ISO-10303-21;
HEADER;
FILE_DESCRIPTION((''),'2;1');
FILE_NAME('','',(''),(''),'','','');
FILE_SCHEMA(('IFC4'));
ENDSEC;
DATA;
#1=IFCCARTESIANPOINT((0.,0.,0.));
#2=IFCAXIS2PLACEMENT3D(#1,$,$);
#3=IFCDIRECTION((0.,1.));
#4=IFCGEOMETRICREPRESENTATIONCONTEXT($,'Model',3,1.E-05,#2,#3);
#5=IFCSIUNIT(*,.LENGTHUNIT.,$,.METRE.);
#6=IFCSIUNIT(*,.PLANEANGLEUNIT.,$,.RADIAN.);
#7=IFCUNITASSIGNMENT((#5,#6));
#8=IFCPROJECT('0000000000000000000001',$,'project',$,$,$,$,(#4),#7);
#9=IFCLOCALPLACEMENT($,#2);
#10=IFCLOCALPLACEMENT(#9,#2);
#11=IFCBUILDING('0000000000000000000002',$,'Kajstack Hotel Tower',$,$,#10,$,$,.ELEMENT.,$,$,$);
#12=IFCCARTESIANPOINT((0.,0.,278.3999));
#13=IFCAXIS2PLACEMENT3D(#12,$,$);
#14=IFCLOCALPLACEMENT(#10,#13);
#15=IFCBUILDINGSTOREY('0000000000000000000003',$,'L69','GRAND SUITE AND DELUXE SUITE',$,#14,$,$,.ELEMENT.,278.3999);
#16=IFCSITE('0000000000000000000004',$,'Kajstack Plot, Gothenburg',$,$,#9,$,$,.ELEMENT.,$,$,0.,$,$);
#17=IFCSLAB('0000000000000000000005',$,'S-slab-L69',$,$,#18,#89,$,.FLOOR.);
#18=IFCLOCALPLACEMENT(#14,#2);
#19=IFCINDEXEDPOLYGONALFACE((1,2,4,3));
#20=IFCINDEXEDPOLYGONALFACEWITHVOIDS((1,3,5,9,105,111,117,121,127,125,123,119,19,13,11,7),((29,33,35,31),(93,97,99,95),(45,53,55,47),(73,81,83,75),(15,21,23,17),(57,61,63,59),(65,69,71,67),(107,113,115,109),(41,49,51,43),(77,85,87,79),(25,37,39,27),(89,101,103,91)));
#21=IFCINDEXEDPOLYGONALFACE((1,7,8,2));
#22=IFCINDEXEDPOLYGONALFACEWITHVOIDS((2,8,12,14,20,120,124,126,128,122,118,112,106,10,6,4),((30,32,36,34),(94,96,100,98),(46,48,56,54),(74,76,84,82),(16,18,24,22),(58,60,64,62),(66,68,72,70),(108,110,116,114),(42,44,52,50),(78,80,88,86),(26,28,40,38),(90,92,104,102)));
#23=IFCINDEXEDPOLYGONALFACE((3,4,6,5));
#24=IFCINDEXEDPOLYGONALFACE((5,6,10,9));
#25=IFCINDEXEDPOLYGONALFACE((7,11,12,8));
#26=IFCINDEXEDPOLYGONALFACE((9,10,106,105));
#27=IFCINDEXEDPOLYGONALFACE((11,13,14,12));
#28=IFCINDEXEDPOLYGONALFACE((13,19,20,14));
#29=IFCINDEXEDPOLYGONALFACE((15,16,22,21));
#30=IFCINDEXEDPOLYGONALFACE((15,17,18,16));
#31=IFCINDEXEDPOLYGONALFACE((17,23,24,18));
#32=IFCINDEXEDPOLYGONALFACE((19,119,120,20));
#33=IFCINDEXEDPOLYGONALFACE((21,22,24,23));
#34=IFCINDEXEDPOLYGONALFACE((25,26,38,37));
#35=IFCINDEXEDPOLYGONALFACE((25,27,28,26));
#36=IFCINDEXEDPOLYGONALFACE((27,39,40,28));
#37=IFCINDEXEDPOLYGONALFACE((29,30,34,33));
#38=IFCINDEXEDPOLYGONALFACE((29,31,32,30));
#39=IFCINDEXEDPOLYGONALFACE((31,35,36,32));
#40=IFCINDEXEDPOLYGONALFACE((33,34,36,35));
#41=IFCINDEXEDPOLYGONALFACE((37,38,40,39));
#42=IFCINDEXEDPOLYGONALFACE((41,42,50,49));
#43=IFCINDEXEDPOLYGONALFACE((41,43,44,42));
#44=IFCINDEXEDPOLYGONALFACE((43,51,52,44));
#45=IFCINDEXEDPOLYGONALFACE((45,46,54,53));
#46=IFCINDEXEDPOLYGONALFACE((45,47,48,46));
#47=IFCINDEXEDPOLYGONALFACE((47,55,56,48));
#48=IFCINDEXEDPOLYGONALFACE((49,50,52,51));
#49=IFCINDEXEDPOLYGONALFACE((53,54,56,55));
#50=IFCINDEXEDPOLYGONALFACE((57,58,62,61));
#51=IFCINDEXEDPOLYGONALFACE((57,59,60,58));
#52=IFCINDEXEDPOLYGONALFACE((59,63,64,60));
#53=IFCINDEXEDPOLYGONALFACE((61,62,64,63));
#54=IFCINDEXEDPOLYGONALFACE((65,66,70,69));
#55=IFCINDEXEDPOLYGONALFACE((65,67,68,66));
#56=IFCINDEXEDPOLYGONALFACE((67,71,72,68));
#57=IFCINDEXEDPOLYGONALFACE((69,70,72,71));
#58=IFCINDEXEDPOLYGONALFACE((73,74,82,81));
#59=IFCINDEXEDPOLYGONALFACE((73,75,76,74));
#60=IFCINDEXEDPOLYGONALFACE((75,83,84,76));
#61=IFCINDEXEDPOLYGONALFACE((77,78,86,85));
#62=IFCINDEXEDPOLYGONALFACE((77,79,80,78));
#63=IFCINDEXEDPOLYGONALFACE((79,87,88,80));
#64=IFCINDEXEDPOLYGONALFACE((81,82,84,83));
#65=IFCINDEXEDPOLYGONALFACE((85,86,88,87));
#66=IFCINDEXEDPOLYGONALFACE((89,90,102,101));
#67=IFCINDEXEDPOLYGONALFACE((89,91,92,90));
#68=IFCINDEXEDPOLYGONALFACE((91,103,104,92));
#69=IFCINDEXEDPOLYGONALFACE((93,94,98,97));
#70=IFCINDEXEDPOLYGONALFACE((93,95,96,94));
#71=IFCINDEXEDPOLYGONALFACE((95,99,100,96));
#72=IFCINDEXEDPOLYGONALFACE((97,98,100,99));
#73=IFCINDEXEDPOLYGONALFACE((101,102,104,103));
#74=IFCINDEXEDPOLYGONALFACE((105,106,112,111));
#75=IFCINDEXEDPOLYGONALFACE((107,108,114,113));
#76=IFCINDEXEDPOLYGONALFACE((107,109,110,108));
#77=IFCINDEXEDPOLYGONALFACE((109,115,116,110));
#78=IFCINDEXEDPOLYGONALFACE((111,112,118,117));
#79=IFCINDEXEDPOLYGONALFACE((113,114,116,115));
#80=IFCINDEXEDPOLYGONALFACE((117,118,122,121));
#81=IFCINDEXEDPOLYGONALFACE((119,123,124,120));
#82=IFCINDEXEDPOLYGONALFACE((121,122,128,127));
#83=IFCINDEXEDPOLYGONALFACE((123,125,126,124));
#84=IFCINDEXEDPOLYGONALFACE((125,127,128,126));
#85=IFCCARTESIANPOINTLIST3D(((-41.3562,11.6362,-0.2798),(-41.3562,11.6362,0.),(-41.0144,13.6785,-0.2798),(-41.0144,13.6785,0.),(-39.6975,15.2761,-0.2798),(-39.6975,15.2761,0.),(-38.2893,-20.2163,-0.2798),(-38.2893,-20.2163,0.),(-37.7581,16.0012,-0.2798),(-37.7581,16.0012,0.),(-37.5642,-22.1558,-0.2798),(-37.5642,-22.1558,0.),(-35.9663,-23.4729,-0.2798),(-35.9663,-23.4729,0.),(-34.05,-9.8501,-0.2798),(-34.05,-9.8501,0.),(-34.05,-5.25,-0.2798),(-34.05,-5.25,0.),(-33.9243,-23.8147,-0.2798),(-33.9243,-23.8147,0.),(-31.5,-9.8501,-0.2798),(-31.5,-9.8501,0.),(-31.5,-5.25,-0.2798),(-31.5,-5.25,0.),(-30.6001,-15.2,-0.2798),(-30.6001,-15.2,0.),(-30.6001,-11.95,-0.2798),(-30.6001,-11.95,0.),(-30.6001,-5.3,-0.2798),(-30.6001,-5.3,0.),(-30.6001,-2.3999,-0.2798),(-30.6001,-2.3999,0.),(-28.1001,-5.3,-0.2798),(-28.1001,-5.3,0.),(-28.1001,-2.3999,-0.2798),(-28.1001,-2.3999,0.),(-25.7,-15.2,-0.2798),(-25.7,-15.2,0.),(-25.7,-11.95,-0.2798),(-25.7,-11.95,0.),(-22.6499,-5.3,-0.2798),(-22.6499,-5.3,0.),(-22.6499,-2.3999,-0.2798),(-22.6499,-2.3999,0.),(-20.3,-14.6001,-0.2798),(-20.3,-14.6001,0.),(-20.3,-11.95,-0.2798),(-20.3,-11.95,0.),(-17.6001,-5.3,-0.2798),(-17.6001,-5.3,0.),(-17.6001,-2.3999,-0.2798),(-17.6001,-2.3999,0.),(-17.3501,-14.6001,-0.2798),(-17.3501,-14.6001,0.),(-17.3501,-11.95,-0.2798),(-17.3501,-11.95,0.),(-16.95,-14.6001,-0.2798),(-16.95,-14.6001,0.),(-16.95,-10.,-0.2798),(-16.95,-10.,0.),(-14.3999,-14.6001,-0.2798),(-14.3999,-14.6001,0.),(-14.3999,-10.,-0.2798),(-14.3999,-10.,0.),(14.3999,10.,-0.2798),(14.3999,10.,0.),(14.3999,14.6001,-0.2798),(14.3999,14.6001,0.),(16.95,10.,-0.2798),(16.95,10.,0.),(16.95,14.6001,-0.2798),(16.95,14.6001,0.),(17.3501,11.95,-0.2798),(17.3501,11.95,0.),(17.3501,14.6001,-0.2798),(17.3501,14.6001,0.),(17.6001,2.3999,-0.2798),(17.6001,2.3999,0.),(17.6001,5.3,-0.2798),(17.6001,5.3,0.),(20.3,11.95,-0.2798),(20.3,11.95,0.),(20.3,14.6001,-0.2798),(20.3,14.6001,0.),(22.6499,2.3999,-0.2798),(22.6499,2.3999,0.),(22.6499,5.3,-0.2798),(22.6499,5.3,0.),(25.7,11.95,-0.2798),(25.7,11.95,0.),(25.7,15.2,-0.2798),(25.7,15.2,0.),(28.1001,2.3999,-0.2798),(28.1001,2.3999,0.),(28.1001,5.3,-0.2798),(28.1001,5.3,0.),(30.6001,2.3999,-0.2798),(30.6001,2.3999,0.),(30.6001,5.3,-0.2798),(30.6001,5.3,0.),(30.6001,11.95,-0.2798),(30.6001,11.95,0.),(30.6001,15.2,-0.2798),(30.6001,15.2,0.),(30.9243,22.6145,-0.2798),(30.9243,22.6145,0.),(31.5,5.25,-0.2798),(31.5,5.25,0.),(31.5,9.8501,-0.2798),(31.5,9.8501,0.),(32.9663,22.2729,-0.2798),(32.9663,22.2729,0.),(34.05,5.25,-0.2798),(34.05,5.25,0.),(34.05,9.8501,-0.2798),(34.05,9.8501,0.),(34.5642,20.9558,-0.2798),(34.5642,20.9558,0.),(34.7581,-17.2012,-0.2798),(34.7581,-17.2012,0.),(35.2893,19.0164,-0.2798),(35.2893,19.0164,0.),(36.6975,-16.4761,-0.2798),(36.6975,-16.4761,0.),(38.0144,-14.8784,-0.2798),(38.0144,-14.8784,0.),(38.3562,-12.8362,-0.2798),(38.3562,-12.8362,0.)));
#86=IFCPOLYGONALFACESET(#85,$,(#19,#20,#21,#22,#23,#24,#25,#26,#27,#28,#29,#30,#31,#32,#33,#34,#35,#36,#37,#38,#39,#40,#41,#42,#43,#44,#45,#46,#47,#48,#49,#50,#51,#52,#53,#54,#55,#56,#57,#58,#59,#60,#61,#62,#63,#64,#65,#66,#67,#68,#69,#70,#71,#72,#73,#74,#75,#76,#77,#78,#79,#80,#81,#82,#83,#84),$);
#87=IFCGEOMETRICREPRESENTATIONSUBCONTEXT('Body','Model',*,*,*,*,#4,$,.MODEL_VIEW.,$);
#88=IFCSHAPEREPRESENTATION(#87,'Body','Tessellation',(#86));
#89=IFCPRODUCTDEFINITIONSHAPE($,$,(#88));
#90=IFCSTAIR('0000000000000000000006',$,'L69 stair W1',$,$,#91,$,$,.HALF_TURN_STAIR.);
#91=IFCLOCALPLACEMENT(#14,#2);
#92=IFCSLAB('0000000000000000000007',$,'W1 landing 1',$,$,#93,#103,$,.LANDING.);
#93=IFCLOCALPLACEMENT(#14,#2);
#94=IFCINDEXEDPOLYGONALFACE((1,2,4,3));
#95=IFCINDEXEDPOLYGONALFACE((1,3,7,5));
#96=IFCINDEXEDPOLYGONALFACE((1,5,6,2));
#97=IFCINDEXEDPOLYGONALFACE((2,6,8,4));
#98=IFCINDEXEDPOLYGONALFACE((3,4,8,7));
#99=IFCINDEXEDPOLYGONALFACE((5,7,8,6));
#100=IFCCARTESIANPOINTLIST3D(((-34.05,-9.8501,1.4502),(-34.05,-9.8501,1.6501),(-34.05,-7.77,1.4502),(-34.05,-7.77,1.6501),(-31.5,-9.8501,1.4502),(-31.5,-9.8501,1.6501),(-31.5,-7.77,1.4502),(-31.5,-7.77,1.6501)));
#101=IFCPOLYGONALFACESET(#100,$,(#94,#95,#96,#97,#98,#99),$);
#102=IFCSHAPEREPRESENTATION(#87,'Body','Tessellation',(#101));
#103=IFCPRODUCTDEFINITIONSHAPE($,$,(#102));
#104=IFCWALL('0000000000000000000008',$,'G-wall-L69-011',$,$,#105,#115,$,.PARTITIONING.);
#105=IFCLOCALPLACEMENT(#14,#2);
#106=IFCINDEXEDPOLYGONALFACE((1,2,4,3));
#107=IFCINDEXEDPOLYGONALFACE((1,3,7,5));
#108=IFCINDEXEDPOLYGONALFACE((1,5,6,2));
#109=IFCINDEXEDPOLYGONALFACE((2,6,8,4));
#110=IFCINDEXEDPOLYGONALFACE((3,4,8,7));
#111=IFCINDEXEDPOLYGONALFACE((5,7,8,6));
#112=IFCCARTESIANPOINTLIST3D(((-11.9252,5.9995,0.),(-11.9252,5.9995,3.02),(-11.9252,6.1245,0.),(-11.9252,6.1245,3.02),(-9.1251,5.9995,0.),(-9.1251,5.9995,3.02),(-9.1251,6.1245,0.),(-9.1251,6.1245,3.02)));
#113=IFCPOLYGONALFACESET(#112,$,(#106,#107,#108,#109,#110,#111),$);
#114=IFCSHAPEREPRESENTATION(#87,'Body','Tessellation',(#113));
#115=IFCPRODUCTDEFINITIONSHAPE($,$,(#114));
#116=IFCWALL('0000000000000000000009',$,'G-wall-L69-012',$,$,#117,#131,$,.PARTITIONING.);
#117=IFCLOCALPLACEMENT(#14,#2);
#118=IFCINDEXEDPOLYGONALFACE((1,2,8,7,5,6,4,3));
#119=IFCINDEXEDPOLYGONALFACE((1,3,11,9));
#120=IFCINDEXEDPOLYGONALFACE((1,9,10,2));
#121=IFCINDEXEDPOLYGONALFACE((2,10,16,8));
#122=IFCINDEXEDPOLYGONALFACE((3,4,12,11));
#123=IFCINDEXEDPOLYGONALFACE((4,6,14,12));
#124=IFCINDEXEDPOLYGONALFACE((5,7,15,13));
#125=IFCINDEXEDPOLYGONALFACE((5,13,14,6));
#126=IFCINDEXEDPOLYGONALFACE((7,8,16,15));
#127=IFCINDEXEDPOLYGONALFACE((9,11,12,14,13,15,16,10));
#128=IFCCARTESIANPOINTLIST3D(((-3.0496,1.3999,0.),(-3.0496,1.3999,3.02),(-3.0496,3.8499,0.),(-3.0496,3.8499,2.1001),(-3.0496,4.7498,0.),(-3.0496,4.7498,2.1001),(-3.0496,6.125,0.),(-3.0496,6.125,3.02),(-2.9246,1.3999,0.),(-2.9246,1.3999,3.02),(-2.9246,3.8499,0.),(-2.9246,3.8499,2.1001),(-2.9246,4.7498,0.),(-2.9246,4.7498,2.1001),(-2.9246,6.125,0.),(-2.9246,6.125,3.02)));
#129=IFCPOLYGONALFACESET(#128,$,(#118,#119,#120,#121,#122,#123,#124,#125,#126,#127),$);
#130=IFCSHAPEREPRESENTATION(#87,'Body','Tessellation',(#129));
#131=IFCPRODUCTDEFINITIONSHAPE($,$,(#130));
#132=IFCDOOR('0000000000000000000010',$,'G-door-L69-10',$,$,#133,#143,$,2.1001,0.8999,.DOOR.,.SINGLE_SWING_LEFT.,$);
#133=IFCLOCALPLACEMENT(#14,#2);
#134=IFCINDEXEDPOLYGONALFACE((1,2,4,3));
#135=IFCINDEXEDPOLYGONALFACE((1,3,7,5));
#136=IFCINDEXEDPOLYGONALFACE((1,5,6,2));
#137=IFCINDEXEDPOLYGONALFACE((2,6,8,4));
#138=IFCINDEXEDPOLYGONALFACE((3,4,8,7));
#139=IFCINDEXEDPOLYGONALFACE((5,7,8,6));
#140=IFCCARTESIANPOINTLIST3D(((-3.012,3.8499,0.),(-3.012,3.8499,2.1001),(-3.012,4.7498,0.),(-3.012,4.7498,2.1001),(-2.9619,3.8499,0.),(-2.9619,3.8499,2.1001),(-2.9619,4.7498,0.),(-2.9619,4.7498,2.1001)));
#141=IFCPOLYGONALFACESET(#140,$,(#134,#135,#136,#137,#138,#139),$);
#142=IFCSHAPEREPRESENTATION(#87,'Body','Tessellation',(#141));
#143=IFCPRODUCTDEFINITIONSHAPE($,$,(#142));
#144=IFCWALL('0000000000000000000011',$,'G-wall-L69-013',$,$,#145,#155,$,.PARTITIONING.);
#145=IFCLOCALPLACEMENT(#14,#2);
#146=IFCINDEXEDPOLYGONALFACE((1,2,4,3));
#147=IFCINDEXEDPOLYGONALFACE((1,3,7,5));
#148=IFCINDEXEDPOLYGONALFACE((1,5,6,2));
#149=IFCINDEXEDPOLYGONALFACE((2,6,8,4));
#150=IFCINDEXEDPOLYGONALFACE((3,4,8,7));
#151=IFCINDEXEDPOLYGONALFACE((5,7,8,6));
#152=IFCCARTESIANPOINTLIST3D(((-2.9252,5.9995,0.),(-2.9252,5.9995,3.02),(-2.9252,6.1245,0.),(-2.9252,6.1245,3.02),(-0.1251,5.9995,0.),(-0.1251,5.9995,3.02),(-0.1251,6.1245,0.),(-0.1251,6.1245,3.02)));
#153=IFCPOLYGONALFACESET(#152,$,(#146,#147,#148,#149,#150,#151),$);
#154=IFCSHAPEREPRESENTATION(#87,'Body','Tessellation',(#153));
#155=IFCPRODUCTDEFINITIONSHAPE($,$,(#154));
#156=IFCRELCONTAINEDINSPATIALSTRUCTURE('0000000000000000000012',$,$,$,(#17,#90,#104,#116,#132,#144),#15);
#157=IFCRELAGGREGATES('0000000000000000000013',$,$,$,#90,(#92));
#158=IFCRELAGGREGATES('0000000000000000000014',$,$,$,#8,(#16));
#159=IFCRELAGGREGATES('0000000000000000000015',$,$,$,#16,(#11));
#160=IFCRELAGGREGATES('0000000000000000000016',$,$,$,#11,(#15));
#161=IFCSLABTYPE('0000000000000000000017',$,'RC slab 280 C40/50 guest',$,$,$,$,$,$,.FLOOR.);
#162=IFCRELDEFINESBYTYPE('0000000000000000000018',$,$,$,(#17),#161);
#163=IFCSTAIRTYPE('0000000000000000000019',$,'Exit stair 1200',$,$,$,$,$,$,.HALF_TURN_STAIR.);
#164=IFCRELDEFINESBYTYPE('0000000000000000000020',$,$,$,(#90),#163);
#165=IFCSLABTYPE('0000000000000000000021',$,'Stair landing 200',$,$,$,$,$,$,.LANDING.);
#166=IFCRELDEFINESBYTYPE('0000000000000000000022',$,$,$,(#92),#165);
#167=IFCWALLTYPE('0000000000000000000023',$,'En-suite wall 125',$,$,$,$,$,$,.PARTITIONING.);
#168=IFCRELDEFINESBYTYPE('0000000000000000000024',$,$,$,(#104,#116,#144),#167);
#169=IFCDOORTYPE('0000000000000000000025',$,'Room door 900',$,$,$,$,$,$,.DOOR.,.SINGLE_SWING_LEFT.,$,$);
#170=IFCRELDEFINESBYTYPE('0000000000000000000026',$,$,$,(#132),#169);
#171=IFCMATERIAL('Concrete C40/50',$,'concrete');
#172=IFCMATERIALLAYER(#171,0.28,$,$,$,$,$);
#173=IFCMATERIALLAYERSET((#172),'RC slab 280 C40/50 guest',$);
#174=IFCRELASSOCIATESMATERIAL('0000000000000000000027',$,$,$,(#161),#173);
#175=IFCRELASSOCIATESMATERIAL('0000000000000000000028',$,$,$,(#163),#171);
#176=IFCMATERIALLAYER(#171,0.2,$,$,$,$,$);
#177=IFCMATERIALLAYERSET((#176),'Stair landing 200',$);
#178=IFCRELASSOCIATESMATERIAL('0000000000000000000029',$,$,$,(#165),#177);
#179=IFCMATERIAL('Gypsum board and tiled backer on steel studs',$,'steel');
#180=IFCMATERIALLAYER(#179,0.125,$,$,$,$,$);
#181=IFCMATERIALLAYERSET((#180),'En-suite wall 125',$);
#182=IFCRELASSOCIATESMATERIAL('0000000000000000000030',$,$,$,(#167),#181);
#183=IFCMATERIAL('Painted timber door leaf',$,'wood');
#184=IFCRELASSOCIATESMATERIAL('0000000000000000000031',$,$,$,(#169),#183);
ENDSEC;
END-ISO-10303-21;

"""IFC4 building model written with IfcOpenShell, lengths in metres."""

from ifc_helpers import new_model, si_unit, direction, frame, frame_2d, origin, place, context, subcontext, project, spatial, polyline, rectangle, outline, extrude, material, layer, layer_set, type_object, element, fill, aggregate, save


model = new_model("IFC4")

# Units and contexts
model_context = context("Model", 3, precision=1e-05, world=origin(), true_north=direction((0.0, 1.0)))
body_context = subcontext(model_context, "Body", "Model", "MODEL_VIEW")
ifc_project = project(units=[si_unit("LENGTHUNIT", "METRE"), si_unit("PLANEANGLEUNIT", "RADIAN")], contexts=[model_context])

# Site, building, storey
site_placement = place(None, origin())
site = spatial("IfcSite", under=ifc_project, at=site_placement, Name="Kajstack Plot, Gothenburg", CompositionType="ELEMENT", RefElevation=0.0)
building_placement = place(site_placement, origin())
building = spatial("IfcBuilding", under=site, at=building_placement, Name="Kajstack Hotel Tower", CompositionType="ELEMENT")
storey_placement = place(building_placement, frame((0.0, 0.0, 278.3999)))
storey = spatial("IfcBuildingStorey", under=building, at=storey_placement, Name="L69", Description="GRAND SUITE AND DELUXE SUITE", CompositionType="ELEMENT", Elevation=278.3999)

# Slab
ifc_material_1 = material(Name="Concrete C40/50", Category="concrete")
ifc_layer_1 = layer(ifc_material_1, 0.28)
ifc_layer_set_1 = layer_set([ifc_layer_1], Name="RC slab 280 C40/50 guest")
slab_type_1 = type_object("IfcSlabType", Name="RC slab 280 C40/50 guest", PredefinedType="FLOOR", material=ifc_layer_set_1)
slab_1_placement = place(storey_placement, frame((0.0, 0.0, -0.2798)))
element("IfcSlab", 1, at=slab_1_placement, inside=storey, type_object=slab_type_1, Name="S-slab-L69", PredefinedType="FLOOR", context=body_context, shape_type="SweptSolid", body=[
    extrude(outline(polyline([(-41.3562, 11.6362), (-38.2893, -20.2163), (-37.5642, -22.1558), (-35.9663, -23.4729), (-33.9243, -23.8147), (34.7581, -17.2012), (36.6975, -16.4761), (38.0144, -14.8784), (38.3562, -12.8362), (35.2893, 19.0164), (34.5642, 20.9558), (32.9663, 22.2729), (30.9243, 22.6145), (-37.7581, 16.0012), (-39.6975, 15.2761), (-41.0144, 13.6785), (-41.3562, 11.6362)]), holes=[polyline([(-22.6499, -5.3), (-22.6499, -2.3999), (-17.6001, -2.3999), (-17.6001, -5.3), (-22.6499, -5.3)]), polyline([(-20.3, -14.6001), (-17.3501, -14.6001), (-17.3501, -11.95), (-20.3, -11.95), (-20.3, -14.6001)]), polyline([(-30.6001, -5.3), (-28.1001, -5.3), (-28.1001, -2.3999), (-30.6001, -2.3999), (-30.6001, -5.3)]), polyline([(17.6001, 2.3999), (17.6001, 5.3), (22.6499, 5.3), (22.6499, 2.3999), (17.6001, 2.3999)]), polyline([(20.3, 14.6001), (17.3501, 14.6001), (17.3501, 11.95), (20.3, 11.95), (20.3, 14.6001)]), polyline([(30.6001, 5.3), (28.1001, 5.3), (28.1001, 2.3999), (30.6001, 2.3999), (30.6001, 5.3)]), polyline([(-34.05, -9.8501), (-31.5, -9.8501), (-31.5, -5.25), (-34.05, -5.25), (-34.05, -9.8501)]), polyline([(-16.95, -14.6001), (-14.3999, -14.6001), (-14.3999, -10.0), (-16.95, -10.0), (-16.95, -14.6001)]), polyline([(-30.6001, -15.2), (-25.7, -15.2), (-25.7, -11.95), (-30.6001, -11.95), (-30.6001, -15.2)]), polyline([(34.05, 9.8501), (31.5, 9.8501), (31.5, 5.25), (34.05, 5.25), (34.05, 9.8501)]), polyline([(16.95, 14.6001), (14.3999, 14.6001), (14.3999, 10.0), (16.95, 10.0), (16.95, 14.6001)]), polyline([(30.6001, 15.2), (25.7, 15.2), (25.7, 11.95), (30.6001, 11.95), (30.6001, 15.2)])]), origin(), (0.0, 0.0, 1.0), 0.2798),
])

# Stair, slab
stair_type = type_object("IfcStairType", Name="Exit stair 1200", PredefinedType="HALF_TURN_STAIR", material=ifc_material_1)
stair_placement = place(storey_placement, origin())
stair = element("IfcStair", 2, at=stair_placement, inside=storey, type_object=stair_type, Name="L69 stair W1", PredefinedType="HALF_TURN_STAIR")
ifc_layer_2 = layer(ifc_material_1, 0.2)
ifc_layer_set_2 = layer_set([ifc_layer_2], Name="Stair landing 200")
slab_type_2 = type_object("IfcSlabType", Name="Stair landing 200", PredefinedType="LANDING", material=ifc_layer_set_2)
slab_2_placement = place(storey_placement, frame((0.0, 0.0, 1.4502)))
slab_2 = element("IfcSlab", 3, at=slab_2_placement, type_object=slab_type_2, Name="W1 landing 1", PredefinedType="LANDING", context=body_context, shape_type="SweptSolid", body=[
    extrude(outline(polyline([(-34.05, -7.77), (-34.05, -9.8501), (-31.5, -9.8501), (-31.5, -7.77), (-34.05, -7.77)])), origin(), (0.0, 0.0, 1.0), 0.2),
])
aggregate(stair, [slab_2])

# Wall
ifc_material_2 = material(Name="Gypsum board and tiled backer on steel studs", Category="steel")
ifc_layer_3 = layer(ifc_material_2, 0.125)
ifc_layer_set_3 = layer_set([ifc_layer_3], Name="En-suite wall 125")
wall_type_1 = type_object("IfcWallType", Name="En-suite wall 125", PredefinedType="PARTITIONING", material=ifc_layer_set_3)
wall_1_placement = place(storey_placement, frame((-11.925, 6.062, 0.0), z_axis=(0.0, 0.0, 1.0), x_axis=(1.0, 0.0, 0.0)))
element("IfcWall", 4, at=wall_1_placement, inside=storey, type_object=wall_type_1, Name="G-wall-L69-011", PredefinedType="PARTITIONING", context=body_context, shape_type="SweptSolid", body=[
    extrude(rectangle(XDim=2.8, YDim=0.125, at=frame_2d((1.3999, 0.0))), origin(), (0.0, 0.0, 1.0), 3.02),
])

# Wall, opening, door
wall_2_placement = place(storey_placement, frame((-2.9871, 1.3999, 0.0), z_axis=(0.0, 0.0, 1.0), x_axis=(0.0, 1.0, 0.0)))
wall_2 = element("IfcWall", 5, at=wall_2_placement, inside=storey, type_object=wall_type_1, Name="G-wall-L69-012", PredefinedType="PARTITIONING", context=body_context, shape_type="SweptSolid", body=[
    extrude(rectangle(XDim=4.7251, YDim=0.125, at=frame_2d((2.3625, 0.0))), origin(), (0.0, 0.0, 1.0), 3.02),
])
opening_1_placement = place(wall_2_placement, frame((2.45, 0.0, 0.0)))
opening_1 = element("IfcOpeningElement", 6, at=opening_1_placement, cuts=wall_2, PredefinedType="OPENING", context=body_context, shape_type="SweptSolid", body=[
    extrude(rectangle(XDim=0.8999, YDim=2.1001, at=frame_2d((0.45, 1.05))), frame((0.0, 0.0725, 0.0), z_axis=(0.0, -1.0, 0.0), x_axis=(1.0, 0.0, 0.0)), (0.0, 0.0, 1.0), 0.145),
])
ifc_material_3 = material(Name="Painted timber door leaf", Category="wood")
door_type = type_object("IfcDoorType", Name="Room door 900", OperationType="SINGLE_SWING_LEFT", PredefinedType="DOOR", material=ifc_material_3)
door_1_placement = place(opening_1_placement, origin())
door_1 = element("IfcDoor", 7, at=door_1_placement, inside=storey, type_object=door_type, Name="G-door-L69-10", OperationType="SINGLE_SWING_LEFT", OverallHeight=2.1001, OverallWidth=0.8999, PredefinedType="DOOR", context=body_context, shape_type="SweptSolid", body=[
    extrude(rectangle(XDim=0.8999, YDim=2.1001, at=frame_2d((0.45, 1.05))), frame((0.0, 0.0249, 0.0), z_axis=(0.0, -1.0, 0.0), x_axis=(1.0, 0.0, 0.0)), (0.0, 0.0, 1.0), 0.05),
])
fill(opening_1, door_1)

# Wall
wall_3_placement = place(storey_placement, frame((-2.925, 6.062, 0.0), z_axis=(0.0, 0.0, 1.0), x_axis=(1.0, 0.0, 0.0)))
element("IfcWall", 8, at=wall_3_placement, inside=storey, type_object=wall_type_1, Name="G-wall-L69-013", PredefinedType="PARTITIONING", context=body_context, shape_type="SweptSolid", body=[
    extrude(rectangle(XDim=2.8, YDim=0.125, at=frame_2d((1.3999, 0.0))), origin(), (0.0, 0.0, 1.0), 3.02),
])

save(model, "model.ifc")
